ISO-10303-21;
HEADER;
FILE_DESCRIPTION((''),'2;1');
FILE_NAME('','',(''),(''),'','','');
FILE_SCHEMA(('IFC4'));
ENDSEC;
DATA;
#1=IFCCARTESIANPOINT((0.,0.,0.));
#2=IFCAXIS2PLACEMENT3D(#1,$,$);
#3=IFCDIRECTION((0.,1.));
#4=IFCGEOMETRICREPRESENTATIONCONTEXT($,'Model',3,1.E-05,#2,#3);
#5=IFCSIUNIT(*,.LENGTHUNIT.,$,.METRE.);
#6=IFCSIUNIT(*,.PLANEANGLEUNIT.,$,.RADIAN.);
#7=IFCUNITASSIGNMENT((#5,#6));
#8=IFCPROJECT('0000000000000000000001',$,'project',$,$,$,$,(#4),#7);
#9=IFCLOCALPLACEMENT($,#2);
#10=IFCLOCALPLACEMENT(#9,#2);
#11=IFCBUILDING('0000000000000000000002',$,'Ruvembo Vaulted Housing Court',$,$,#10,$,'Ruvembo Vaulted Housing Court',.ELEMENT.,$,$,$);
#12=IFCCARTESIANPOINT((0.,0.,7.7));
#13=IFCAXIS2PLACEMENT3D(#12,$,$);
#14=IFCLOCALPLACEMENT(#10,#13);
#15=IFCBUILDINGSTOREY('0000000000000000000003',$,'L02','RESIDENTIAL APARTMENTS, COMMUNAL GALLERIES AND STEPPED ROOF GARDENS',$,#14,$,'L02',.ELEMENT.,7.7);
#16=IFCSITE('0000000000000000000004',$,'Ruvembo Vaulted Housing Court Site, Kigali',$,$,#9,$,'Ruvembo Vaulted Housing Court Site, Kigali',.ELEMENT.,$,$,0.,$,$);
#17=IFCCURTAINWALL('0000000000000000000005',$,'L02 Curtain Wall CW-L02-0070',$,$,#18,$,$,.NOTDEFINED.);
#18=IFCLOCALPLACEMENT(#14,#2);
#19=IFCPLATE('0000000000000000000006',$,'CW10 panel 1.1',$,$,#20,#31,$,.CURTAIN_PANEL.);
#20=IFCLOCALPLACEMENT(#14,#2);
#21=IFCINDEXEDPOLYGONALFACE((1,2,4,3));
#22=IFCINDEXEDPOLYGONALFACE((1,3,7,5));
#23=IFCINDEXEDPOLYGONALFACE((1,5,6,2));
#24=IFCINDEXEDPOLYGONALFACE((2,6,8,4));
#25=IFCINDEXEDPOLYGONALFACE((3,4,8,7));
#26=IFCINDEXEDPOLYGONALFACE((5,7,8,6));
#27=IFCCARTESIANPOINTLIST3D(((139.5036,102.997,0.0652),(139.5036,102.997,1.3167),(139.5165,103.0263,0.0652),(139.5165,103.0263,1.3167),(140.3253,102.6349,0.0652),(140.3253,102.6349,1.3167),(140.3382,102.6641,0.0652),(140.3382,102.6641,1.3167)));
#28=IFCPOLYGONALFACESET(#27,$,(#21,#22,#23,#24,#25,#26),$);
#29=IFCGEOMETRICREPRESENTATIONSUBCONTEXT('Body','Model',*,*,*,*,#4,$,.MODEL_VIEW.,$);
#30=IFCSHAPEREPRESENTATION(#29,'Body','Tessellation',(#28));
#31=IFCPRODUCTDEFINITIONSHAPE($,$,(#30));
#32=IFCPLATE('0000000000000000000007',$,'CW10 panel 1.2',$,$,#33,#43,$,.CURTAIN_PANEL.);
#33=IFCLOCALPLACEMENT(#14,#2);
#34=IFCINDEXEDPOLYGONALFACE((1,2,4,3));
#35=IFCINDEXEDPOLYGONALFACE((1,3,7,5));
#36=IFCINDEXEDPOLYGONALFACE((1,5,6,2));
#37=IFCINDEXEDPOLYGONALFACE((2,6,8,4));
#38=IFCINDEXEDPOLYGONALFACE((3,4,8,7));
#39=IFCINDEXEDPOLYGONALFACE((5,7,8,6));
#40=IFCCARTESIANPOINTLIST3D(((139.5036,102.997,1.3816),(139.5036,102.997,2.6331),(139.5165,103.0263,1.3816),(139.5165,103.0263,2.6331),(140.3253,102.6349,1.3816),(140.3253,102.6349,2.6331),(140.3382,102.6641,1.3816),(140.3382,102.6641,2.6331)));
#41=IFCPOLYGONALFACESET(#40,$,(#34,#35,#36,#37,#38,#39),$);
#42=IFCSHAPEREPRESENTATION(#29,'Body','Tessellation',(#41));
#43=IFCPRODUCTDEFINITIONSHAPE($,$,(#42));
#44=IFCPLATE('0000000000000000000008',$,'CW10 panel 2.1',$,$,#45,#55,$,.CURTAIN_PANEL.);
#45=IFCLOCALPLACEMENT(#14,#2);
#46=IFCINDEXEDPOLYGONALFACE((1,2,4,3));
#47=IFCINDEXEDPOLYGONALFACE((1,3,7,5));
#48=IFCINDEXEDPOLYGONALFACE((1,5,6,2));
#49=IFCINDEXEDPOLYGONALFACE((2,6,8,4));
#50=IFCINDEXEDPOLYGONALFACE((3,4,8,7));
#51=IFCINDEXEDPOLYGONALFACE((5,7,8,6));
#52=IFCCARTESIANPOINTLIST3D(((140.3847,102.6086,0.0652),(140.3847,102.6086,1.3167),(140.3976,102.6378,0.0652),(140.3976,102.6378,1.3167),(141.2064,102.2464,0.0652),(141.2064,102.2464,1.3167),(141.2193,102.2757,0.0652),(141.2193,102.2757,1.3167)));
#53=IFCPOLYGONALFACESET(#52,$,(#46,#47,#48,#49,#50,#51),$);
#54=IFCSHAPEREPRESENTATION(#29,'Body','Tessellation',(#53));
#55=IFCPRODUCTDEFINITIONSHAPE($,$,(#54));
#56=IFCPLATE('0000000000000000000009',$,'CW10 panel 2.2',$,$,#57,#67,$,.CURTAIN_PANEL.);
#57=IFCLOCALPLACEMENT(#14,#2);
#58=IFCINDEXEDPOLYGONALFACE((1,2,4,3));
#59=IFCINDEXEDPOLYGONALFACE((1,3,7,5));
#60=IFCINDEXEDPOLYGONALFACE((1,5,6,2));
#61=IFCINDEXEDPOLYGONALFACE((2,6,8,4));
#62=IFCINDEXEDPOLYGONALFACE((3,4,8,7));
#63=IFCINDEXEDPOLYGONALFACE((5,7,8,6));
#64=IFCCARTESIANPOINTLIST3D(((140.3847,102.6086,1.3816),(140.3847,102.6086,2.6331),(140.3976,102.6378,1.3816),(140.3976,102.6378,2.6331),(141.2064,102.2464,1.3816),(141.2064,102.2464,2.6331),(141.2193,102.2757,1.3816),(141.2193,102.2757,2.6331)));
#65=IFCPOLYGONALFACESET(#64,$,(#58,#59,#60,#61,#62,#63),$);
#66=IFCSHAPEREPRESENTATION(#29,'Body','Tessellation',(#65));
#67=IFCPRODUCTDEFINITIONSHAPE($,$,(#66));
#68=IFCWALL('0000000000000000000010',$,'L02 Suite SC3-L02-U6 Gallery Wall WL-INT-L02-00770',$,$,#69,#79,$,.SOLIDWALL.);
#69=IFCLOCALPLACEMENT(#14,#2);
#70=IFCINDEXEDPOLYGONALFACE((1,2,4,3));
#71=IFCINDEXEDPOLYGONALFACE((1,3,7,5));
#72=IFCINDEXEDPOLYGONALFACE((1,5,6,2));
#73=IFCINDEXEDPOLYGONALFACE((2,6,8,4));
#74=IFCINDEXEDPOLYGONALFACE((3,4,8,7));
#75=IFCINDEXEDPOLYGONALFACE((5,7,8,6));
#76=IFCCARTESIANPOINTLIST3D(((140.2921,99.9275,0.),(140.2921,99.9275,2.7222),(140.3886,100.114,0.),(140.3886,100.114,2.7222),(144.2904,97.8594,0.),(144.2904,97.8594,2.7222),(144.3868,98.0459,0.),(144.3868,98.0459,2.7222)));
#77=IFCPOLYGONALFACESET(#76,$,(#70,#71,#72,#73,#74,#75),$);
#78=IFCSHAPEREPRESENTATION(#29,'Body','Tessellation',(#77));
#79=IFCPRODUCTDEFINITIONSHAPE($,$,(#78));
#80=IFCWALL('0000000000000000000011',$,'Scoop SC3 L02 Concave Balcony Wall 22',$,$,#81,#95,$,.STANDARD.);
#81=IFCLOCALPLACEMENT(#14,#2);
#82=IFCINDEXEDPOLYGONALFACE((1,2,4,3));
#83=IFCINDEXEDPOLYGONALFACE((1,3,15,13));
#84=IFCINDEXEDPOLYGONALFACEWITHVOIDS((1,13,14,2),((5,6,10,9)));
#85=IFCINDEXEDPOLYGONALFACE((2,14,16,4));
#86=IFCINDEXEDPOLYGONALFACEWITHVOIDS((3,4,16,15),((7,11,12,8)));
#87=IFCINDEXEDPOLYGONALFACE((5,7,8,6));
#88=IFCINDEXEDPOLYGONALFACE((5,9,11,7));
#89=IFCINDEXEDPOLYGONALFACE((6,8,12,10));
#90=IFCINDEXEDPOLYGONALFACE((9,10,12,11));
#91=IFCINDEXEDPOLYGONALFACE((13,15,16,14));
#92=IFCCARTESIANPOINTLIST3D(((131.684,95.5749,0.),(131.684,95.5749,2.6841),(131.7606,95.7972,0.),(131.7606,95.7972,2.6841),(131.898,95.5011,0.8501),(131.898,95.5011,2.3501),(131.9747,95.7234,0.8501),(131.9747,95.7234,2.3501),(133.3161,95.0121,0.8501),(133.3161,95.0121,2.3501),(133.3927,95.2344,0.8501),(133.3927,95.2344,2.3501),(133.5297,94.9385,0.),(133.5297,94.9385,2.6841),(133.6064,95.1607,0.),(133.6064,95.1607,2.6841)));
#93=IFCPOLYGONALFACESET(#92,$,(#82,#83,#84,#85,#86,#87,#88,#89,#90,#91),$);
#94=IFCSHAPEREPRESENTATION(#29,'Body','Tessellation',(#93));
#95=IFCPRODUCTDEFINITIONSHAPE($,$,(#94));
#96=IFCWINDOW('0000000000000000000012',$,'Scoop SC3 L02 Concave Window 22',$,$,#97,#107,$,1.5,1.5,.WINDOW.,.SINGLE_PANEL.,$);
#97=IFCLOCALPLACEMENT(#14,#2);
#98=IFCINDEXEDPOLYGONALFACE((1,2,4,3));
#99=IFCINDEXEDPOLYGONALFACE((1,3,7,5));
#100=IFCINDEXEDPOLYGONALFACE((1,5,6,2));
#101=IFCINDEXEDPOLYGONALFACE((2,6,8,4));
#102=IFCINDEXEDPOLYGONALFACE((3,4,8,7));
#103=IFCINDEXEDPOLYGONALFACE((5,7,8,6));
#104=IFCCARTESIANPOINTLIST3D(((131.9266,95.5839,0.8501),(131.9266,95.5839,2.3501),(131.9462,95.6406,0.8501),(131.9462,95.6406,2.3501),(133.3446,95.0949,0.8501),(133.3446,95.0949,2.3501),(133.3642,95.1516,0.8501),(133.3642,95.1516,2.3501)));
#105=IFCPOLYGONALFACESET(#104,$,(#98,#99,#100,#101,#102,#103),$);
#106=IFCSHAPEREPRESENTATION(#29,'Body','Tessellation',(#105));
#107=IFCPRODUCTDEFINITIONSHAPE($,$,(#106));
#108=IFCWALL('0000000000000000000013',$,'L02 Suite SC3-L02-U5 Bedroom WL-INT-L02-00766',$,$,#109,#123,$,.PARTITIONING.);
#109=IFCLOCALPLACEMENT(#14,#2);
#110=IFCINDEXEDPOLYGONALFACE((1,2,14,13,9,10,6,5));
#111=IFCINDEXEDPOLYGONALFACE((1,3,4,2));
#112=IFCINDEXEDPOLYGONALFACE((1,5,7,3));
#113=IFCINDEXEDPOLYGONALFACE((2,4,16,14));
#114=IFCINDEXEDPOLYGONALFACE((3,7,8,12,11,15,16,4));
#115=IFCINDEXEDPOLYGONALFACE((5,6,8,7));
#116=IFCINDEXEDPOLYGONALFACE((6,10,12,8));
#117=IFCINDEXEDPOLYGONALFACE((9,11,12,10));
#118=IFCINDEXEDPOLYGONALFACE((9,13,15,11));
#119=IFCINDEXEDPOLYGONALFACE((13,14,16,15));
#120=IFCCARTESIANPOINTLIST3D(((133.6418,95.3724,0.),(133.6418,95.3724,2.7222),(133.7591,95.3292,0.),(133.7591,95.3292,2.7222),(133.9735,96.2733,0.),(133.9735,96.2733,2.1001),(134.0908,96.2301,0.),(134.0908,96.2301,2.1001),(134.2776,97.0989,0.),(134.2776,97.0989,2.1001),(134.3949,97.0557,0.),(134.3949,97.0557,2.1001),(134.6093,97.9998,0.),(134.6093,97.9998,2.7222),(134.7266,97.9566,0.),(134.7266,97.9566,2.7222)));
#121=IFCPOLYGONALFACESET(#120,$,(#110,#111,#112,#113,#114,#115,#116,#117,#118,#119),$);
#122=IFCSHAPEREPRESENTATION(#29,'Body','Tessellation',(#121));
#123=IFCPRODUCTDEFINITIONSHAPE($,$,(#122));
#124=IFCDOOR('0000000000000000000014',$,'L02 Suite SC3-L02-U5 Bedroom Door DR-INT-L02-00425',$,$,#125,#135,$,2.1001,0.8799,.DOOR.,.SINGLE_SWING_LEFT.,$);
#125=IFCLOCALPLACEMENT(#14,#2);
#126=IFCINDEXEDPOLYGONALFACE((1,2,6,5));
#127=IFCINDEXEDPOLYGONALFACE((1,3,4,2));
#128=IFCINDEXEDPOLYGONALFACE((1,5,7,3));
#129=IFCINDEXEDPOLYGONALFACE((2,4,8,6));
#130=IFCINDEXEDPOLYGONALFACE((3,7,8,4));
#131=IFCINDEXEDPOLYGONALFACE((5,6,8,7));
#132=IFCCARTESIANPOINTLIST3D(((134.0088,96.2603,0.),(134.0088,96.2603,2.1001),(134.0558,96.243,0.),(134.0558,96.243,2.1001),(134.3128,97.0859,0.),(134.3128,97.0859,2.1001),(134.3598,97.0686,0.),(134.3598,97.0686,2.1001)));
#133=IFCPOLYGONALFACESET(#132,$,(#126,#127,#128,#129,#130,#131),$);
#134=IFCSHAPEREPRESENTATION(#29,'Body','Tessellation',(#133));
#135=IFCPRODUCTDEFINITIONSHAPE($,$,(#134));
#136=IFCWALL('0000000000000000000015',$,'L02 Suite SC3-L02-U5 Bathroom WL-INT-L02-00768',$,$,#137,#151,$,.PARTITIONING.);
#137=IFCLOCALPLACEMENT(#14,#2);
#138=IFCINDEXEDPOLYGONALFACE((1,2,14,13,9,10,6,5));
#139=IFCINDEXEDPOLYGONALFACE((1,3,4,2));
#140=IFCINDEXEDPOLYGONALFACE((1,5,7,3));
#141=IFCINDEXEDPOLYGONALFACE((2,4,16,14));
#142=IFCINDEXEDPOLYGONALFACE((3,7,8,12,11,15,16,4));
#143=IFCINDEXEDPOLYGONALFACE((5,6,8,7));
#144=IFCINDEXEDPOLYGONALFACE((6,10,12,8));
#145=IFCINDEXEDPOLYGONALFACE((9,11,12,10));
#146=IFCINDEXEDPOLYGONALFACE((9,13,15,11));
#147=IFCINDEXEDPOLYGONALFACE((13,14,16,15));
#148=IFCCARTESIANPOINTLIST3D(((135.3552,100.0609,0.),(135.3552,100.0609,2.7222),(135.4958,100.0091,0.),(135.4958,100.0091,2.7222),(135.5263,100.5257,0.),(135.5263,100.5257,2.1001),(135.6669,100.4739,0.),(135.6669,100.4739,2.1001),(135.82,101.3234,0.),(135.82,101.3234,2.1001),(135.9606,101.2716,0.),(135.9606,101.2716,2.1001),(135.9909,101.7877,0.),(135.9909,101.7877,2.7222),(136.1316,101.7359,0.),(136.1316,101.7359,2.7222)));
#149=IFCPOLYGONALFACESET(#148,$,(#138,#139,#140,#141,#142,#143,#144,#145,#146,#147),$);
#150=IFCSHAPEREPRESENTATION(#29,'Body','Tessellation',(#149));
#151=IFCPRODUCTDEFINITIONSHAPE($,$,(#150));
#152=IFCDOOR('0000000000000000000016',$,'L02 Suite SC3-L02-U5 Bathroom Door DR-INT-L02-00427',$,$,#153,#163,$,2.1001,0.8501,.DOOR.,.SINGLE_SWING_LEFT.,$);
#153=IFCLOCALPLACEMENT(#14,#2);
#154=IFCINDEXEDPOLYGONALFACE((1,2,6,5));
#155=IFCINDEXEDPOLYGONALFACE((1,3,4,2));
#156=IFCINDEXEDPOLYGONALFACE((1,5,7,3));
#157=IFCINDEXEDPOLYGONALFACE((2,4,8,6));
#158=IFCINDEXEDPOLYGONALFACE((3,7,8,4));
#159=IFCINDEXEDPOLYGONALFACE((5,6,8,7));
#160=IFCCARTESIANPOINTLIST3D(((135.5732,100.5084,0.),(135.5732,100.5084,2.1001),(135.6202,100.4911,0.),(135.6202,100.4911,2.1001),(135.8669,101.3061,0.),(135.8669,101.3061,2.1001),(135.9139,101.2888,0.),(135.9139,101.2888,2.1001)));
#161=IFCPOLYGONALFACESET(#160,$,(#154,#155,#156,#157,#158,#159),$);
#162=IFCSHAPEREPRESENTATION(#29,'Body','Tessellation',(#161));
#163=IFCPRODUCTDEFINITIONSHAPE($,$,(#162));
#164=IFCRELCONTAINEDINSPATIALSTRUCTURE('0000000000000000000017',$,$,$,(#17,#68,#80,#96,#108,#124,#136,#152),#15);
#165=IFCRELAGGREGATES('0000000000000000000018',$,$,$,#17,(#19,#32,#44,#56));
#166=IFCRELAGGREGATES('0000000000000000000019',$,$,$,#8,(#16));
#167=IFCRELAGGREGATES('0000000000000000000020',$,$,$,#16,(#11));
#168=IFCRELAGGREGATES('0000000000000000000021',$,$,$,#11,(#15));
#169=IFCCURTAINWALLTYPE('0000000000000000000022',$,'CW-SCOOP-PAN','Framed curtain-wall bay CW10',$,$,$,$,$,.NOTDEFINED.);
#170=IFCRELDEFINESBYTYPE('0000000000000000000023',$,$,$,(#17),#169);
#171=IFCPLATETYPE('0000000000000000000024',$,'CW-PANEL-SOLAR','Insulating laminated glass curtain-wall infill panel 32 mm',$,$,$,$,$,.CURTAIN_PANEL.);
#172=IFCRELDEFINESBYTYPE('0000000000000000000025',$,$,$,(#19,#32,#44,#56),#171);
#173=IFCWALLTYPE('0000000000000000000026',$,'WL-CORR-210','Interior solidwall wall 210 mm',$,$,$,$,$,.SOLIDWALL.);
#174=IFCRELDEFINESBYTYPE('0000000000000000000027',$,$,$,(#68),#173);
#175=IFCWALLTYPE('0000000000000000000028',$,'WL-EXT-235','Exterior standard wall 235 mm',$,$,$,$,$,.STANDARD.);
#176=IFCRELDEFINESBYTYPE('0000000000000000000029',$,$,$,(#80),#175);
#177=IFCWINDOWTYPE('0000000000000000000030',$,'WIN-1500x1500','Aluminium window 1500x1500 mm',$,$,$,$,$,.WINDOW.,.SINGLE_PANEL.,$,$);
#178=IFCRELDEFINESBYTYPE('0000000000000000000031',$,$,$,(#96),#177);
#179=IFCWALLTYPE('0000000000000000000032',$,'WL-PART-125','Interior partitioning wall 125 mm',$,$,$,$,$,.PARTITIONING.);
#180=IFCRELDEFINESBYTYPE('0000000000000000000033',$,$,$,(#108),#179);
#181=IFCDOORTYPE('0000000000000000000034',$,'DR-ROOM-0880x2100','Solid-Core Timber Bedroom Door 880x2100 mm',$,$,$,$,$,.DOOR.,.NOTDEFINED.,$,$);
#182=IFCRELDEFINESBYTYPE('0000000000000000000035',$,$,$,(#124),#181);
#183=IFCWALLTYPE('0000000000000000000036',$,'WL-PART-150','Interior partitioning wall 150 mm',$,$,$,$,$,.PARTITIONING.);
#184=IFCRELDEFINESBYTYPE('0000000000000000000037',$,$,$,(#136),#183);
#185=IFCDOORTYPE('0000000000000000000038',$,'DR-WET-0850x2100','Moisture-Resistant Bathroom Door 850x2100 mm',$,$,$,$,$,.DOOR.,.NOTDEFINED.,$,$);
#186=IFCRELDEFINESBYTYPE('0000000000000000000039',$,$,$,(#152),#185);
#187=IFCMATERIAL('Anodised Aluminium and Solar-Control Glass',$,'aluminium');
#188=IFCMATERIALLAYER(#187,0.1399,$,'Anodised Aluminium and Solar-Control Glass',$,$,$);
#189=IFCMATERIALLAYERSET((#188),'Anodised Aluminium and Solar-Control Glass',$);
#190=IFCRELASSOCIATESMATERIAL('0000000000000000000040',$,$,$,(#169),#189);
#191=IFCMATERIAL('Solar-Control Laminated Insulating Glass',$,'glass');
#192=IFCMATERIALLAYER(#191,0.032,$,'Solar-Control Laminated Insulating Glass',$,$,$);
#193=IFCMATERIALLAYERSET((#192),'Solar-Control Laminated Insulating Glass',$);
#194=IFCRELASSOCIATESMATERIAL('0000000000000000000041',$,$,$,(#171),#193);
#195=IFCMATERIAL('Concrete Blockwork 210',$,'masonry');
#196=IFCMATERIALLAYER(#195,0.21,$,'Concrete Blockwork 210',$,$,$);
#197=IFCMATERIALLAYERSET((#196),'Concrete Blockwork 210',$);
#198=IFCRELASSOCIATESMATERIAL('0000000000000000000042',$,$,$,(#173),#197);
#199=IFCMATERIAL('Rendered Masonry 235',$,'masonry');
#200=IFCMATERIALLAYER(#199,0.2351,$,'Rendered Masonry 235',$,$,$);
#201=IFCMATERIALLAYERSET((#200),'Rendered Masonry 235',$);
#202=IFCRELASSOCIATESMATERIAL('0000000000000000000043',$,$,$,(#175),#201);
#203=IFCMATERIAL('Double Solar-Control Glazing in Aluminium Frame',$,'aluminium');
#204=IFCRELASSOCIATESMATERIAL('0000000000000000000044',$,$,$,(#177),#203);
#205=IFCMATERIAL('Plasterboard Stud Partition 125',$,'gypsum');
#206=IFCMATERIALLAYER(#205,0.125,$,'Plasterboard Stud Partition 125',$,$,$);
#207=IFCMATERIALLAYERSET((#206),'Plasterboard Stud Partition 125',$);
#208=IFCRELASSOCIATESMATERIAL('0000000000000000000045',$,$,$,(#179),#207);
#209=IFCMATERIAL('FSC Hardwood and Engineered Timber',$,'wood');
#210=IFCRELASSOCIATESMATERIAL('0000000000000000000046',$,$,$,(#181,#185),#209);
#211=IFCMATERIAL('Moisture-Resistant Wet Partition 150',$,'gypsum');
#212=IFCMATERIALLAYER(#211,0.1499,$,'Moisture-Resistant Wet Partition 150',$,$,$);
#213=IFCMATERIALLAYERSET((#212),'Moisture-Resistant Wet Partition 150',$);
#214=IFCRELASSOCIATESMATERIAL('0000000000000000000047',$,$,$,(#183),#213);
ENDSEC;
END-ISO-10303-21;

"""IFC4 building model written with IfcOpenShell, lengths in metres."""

from ifc_helpers import new_model, si_unit, direction, frame, frame_2d, origin, origin_2d, place, context, subcontext, project, spatial, rectangle, extrude, material, layer, layer_set, type_object, element, fill, aggregate, save


model = new_model("IFC4")

# Units and contexts
model_context = context("Model", 3, precision=1e-05, world=origin(), true_north=direction((0.0, 1.0)))
body_context = subcontext(model_context, "Body", "Model", "MODEL_VIEW")
ifc_project = project(units=[si_unit("LENGTHUNIT", "METRE"), si_unit("PLANEANGLEUNIT", "RADIAN")], contexts=[model_context])

# Site, building, storey
site_placement = place(None, origin())
site = spatial("IfcSite", under=ifc_project, at=site_placement, Name="Ruvembo Vaulted Housing Court Site, Kigali", LongName="Ruvembo Vaulted Housing Court Site, Kigali", CompositionType="ELEMENT", RefElevation=0.0)
building_placement = place(site_placement, origin())
building = spatial("IfcBuilding", under=site, at=building_placement, Name="Ruvembo Vaulted Housing Court", LongName="Ruvembo Vaulted Housing Court", CompositionType="ELEMENT")
storey_placement = place(building_placement, frame((0.0, 0.0, 7.7)))
storey = spatial("IfcBuildingStorey", under=building, at=storey_placement, Name="L02", Description="RESIDENTIAL APARTMENTS, COMMUNAL GALLERIES AND STEPPED ROOF GARDENS", LongName="L02", CompositionType="ELEMENT", Elevation=7.7)

# Curtain wall, plates
ifc_material_1 = material(Name="Anodised Aluminium and Solar-Control Glass", Category="aluminium")
ifc_layer_1 = layer(ifc_material_1, 0.1399, Name="Anodised Aluminium and Solar-Control Glass")
ifc_layer_set_1 = layer_set([ifc_layer_1], Name="Anodised Aluminium and Solar-Control Glass")
curtain_wall_type = type_object("IfcCurtainWallType", Name="CW-SCOOP-PAN", Description="Framed curtain-wall bay CW10", PredefinedType="NOTDEFINED", material=ifc_layer_set_1)
curtain_wall_placement = place(storey_placement, origin())
curtain_wall = element("IfcCurtainWall", 1, at=curtain_wall_placement, inside=storey, type_object=curtain_wall_type, Name="L02 Curtain Wall CW-L02-0070", PredefinedType="NOTDEFINED")
ifc_material_2 = material(Name="Solar-Control Laminated Insulating Glass", Category="glass")
ifc_layer_2 = layer(ifc_material_2, 0.032, Name="Solar-Control Laminated Insulating Glass")
ifc_layer_set_2 = layer_set([ifc_layer_2], Name="Solar-Control Laminated Insulating Glass")
plate_type = type_object("IfcPlateType", Name="CW-PANEL-SOLAR", Description="Insulating laminated glass curtain-wall infill panel 32 mm", PredefinedType="CURTAIN_PANEL", material=ifc_layer_set_2)
plate_1_placement = place(storey_placement, frame((139.9209, 102.8306, 0.0652), z_axis=(0.0, 0.0, 1.0), x_axis=(0.915083, -0.403265, 0.0)))
plate_1 = element("IfcPlate", 2, at=plate_1_placement, type_object=plate_type, Name="CW10 panel 1.1", PredefinedType="CURTAIN_PANEL", context=body_context, shape_type="SweptSolid", body=[
    extrude(rectangle(XDim=0.8979, YDim=0.032, at=origin_2d()), origin(), (0.0, 0.0, 1.0), 1.2515),
])
plate_2_placement = place(storey_placement, frame((139.9209, 102.8306, 1.3816), z_axis=(0.0, 0.0, 1.0), x_axis=(0.915083, -0.403265, 0.0)))
plate_2 = element("IfcPlate", 3, at=plate_2_placement, type_object=plate_type, Name="CW10 panel 1.2", PredefinedType="CURTAIN_PANEL", context=body_context, shape_type="SweptSolid", body=[
    extrude(rectangle(XDim=0.8979, YDim=0.032, at=origin_2d()), origin(), (0.0, 0.0, 1.0), 1.2515),
])
plate_3_placement = place(storey_placement, frame((140.802, 102.4421, 0.0652), z_axis=(0.0, 0.0, 1.0), x_axis=(0.915083, -0.403265, 0.0)))
plate_3 = element("IfcPlate", 4, at=plate_3_placement, type_object=plate_type, Name="CW10 panel 2.1", PredefinedType="CURTAIN_PANEL", context=body_context, shape_type="SweptSolid", body=[
    extrude(rectangle(XDim=0.8979, YDim=0.032, at=origin_2d()), origin(), (0.0, 0.0, 1.0), 1.2515),
])
plate_4_placement = place(storey_placement, frame((140.802, 102.4421, 1.3816), z_axis=(0.0, 0.0, 1.0), x_axis=(0.915083, -0.403265, 0.0)))
plate_4 = element("IfcPlate", 5, at=plate_4_placement, type_object=plate_type, Name="CW10 panel 2.2", PredefinedType="CURTAIN_PANEL", context=body_context, shape_type="SweptSolid", body=[
    extrude(rectangle(XDim=0.8979, YDim=0.032, at=origin_2d()), origin(), (0.0, 0.0, 1.0), 1.2515),
])
aggregate(curtain_wall, [plate_1, plate_2, plate_3, plate_4])

# Shared definitions
ifc_material_3 = material(Name="Concrete Blockwork 210", Category="masonry")
ifc_layer_3 = layer(ifc_material_3, 0.21, Name="Concrete Blockwork 210")
ifc_layer_set_3 = layer_set([ifc_layer_3], Name="Concrete Blockwork 210")
wall_type_1 = type_object("IfcWallType", Name="WL-CORR-210", Description="Interior solidwall wall 210 mm", PredefinedType="SOLIDWALL", material=ifc_layer_set_3)
ifc_material_4 = material(Name="FSC Hardwood and Engineered Timber", Category="wood")

# Wall
wall_1_placement = place(storey_placement, frame((140.3403, 100.0208, 0.0), z_axis=(0.0, 0.0, 1.0), x_axis=(0.888215, -0.459429, 0.0)))
element("IfcWall", 6, at=wall_1_placement, inside=storey, type_object=wall_type_1, Name="L02 Suite SC3-L02-U6 Gallery Wall WL-INT-L02-00770", PredefinedType="SOLIDWALL", context=body_context, shape_type="SweptSolid", body=[
    extrude(rectangle(XDim=4.5015, YDim=0.21, at=frame_2d((2.2507, 0.0))), origin(), (0.0, 0.0, 1.0), 2.7222),
])

# Wall, opening, window
ifc_material_5 = material(Name="Rendered Masonry 235", Category="masonry")
ifc_layer_4 = layer(ifc_material_5, 0.2351, Name="Rendered Masonry 235")
ifc_layer_set_4 = layer_set([ifc_layer_4], Name="Rendered Masonry 235")
wall_type_2 = type_object("IfcWallType", Name="WL-EXT-235", Description="Exterior standard wall 235 mm", PredefinedType="STANDARD", material=ifc_layer_set_4)
wall_2_placement = place(storey_placement, frame((131.7224, 95.686, 0.0), z_axis=(0.0, 0.0, 1.0), x_axis=(0.945369, -0.326002, 0.0)))
wall_2 = element("IfcWall", 7, at=wall_2_placement, inside=storey, type_object=wall_type_2, Name="Scoop SC3 L02 Concave Balcony Wall 22", PredefinedType="STANDARD", context=body_context, shape_type="SweptSolid", body=[
    extrude(rectangle(XDim=1.9524, YDim=0.2351, at=frame_2d((0.9761, 0.0))), origin(), (0.0, 0.0, 1.0), 2.6841),
])
opening_1_placement = place(wall_2_placement, frame((0.2263, 0.0, 0.8501)))
opening_1 = element("IfcOpeningElement", 8, at=opening_1_placement, cuts=wall_2, PredefinedType="OPENING", context=body_context, shape_type="SweptSolid", body=[
    extrude(rectangle(XDim=1.5, YDim=1.5, at=frame_2d((0.75, 0.75))), frame((0.0, 0.1274, 0.0), z_axis=(0.0, -1.0, 0.0), x_axis=(1.0, 0.0, 0.0)), (0.0, 0.0, 1.0), 0.2551),
])
ifc_material_6 = material(Name="Double Solar-Control Glazing in Aluminium Frame", Category="aluminium")
window_type = type_object("IfcWindowType", Name="WIN-1500x1500", Description="Aluminium window 1500x1500 mm", PartitioningType="SINGLE_PANEL", PredefinedType="WINDOW", material=ifc_material_6)
window_placement = place(opening_1_placement, origin())
window = element("IfcWindow", 9, at=window_placement, inside=storey, type_object=window_type, Name="Scoop SC3 L02 Concave Window 22", OverallHeight=1.5, OverallWidth=1.5, PartitioningType="SINGLE_PANEL", PredefinedType="WINDOW", context=body_context, shape_type="SweptSolid", body=[
    extrude(rectangle(XDim=1.5, YDim=1.5, at=frame_2d((0.75, 0.75))), frame((0.0, 0.03, 0.0), z_axis=(0.0, -1.0, 0.0), x_axis=(1.0, 0.0, 0.0)), (0.0, 0.0, 1.0), 0.0601),
])
fill(opening_1, window)

# Walls, openings, doors
ifc_material_7 = material(Name="Plasterboard Stud Partition 125", Category="gypsum")
ifc_layer_5 = layer(ifc_material_7, 0.125, Name="Plasterboard Stud Partition 125")
ifc_layer_set_5 = layer_set([ifc_layer_5], Name="Plasterboard Stud Partition 125")
wall_type_3 = type_object("IfcWallType", Name="WL-PART-125", Description="Interior partitioning wall 125 mm", PredefinedType="PARTITIONING", material=ifc_layer_set_5)
wall_3_placement = place(storey_placement, frame((133.7004, 95.3508, 0.0), z_axis=(0.0, 0.0, 1.0), x_axis=(0.345556, 0.938398, 0.0)))
wall_3 = element("IfcWall", 10, at=wall_3_placement, inside=storey, type_object=wall_type_3, Name="L02 Suite SC3-L02-U5 Bedroom WL-INT-L02-00766", PredefinedType="PARTITIONING", context=body_context, shape_type="SweptSolid", body=[
    extrude(rectangle(XDim=2.7998, YDim=0.125, at=frame_2d((1.3999, 0.0))), origin(), (0.0, 0.0, 1.0), 2.7222),
])
opening_2_placement = place(wall_3_placement, frame((0.96, 0.0, 0.0)))
opening_2 = element("IfcOpeningElement", 11, at=opening_2_placement, cuts=wall_3, PredefinedType="OPENING", context=body_context, shape_type="SweptSolid", body=[
    extrude(rectangle(XDim=0.8799, YDim=2.1001, at=frame_2d((0.4399, 1.05))), frame((0.0, 0.0725, 0.0), z_axis=(0.0, -1.0, 0.0), x_axis=(1.0, 0.0, 0.0)), (0.0, 0.0, 1.0), 0.145),
])
door_type_1 = type_object("IfcDoorType", Name="DR-ROOM-0880x2100", Description="Solid-Core Timber Bedroom Door 880x2100 mm", OperationType="NOTDEFINED", PredefinedType="DOOR", material=ifc_material_4)
door_1_placement = place(opening_2_placement, origin())
door_1 = element("IfcDoor", 12, at=door_1_placement, inside=storey, type_object=door_type_1, Name="L02 Suite SC3-L02-U5 Bedroom Door DR-INT-L02-00425", OperationType="SINGLE_SWING_LEFT", OverallHeight=2.1001, OverallWidth=0.8799, PredefinedType="DOOR", context=body_context, shape_type="SweptSolid", body=[
    extrude(rectangle(XDim=0.8799, YDim=2.1001, at=frame_2d((0.4399, 1.05))), frame((0.0, 0.0249, 0.0), z_axis=(0.0, -1.0, 0.0), x_axis=(1.0, 0.0, 0.0)), (0.0, 0.0, 1.0), 0.05),
])
fill(opening_2, door_1)
ifc_material_8 = material(Name="Moisture-Resistant Wet Partition 150", Category="gypsum")
ifc_layer_6 = layer(ifc_material_8, 0.1499, Name="Moisture-Resistant Wet Partition 150")
ifc_layer_set_6 = layer_set([ifc_layer_6], Name="Moisture-Resistant Wet Partition 150")
wall_type_4 = type_object("IfcWallType", Name="WL-PART-150", Description="Interior partitioning wall 150 mm", PredefinedType="PARTITIONING", material=ifc_layer_set_6)
wall_4_placement = place(storey_placement, frame((135.4255, 100.0352, 0.0), z_axis=(0.0, 0.0, 1.0), x_axis=(0.34549, 0.938422, 0.0)))
wall_4 = element("IfcWall", 13, at=wall_4_placement, inside=storey, type_object=wall_type_4, Name="L02 Suite SC3-L02-U5 Bathroom WL-INT-L02-00768", PredefinedType="PARTITIONING", context=body_context, shape_type="SweptSolid", body=[
    extrude(rectangle(XDim=1.8401, YDim=0.1499, at=frame_2d((0.9199, 0.0))), origin(), (0.0, 0.0, 1.0), 2.7222),
])
opening_3_placement = place(wall_4_placement, frame((0.4951, 0.0, 0.0)))
opening_3 = element("IfcOpeningElement", 14, at=opening_3_placement, cuts=wall_4, PredefinedType="OPENING", context=body_context, shape_type="SweptSolid", body=[
    extrude(rectangle(XDim=0.8501, YDim=2.1001, at=frame_2d((0.425, 1.05))), frame((0.0, 0.085, 0.0), z_axis=(0.0, -1.0, 0.0), x_axis=(1.0, 0.0, 0.0)), (0.0, 0.0, 1.0), 0.1699),
])
door_type_2 = type_object("IfcDoorType", Name="DR-WET-0850x2100", Description="Moisture-Resistant Bathroom Door 850x2100 mm", OperationType="NOTDEFINED", PredefinedType="DOOR", material=ifc_material_4)
door_2_placement = place(opening_3_placement, origin())
door_2 = element("IfcDoor", 15, at=door_2_placement, inside=storey, type_object=door_type_2, Name="L02 Suite SC3-L02-U5 Bathroom Door DR-INT-L02-00427", OperationType="SINGLE_SWING_LEFT", OverallHeight=2.1001, OverallWidth=0.8501, PredefinedType="DOOR", context=body_context, shape_type="SweptSolid", body=[
    extrude(rectangle(XDim=0.8501, YDim=2.1001, at=frame_2d((0.425, 1.05))), frame((0.0, 0.0249, 0.0), z_axis=(0.0, -1.0, 0.0), x_axis=(1.0, 0.0, 0.0)), (0.0, 0.0, 1.0), 0.05),
])
fill(opening_3, door_2)

save(model, "model.ifc")
